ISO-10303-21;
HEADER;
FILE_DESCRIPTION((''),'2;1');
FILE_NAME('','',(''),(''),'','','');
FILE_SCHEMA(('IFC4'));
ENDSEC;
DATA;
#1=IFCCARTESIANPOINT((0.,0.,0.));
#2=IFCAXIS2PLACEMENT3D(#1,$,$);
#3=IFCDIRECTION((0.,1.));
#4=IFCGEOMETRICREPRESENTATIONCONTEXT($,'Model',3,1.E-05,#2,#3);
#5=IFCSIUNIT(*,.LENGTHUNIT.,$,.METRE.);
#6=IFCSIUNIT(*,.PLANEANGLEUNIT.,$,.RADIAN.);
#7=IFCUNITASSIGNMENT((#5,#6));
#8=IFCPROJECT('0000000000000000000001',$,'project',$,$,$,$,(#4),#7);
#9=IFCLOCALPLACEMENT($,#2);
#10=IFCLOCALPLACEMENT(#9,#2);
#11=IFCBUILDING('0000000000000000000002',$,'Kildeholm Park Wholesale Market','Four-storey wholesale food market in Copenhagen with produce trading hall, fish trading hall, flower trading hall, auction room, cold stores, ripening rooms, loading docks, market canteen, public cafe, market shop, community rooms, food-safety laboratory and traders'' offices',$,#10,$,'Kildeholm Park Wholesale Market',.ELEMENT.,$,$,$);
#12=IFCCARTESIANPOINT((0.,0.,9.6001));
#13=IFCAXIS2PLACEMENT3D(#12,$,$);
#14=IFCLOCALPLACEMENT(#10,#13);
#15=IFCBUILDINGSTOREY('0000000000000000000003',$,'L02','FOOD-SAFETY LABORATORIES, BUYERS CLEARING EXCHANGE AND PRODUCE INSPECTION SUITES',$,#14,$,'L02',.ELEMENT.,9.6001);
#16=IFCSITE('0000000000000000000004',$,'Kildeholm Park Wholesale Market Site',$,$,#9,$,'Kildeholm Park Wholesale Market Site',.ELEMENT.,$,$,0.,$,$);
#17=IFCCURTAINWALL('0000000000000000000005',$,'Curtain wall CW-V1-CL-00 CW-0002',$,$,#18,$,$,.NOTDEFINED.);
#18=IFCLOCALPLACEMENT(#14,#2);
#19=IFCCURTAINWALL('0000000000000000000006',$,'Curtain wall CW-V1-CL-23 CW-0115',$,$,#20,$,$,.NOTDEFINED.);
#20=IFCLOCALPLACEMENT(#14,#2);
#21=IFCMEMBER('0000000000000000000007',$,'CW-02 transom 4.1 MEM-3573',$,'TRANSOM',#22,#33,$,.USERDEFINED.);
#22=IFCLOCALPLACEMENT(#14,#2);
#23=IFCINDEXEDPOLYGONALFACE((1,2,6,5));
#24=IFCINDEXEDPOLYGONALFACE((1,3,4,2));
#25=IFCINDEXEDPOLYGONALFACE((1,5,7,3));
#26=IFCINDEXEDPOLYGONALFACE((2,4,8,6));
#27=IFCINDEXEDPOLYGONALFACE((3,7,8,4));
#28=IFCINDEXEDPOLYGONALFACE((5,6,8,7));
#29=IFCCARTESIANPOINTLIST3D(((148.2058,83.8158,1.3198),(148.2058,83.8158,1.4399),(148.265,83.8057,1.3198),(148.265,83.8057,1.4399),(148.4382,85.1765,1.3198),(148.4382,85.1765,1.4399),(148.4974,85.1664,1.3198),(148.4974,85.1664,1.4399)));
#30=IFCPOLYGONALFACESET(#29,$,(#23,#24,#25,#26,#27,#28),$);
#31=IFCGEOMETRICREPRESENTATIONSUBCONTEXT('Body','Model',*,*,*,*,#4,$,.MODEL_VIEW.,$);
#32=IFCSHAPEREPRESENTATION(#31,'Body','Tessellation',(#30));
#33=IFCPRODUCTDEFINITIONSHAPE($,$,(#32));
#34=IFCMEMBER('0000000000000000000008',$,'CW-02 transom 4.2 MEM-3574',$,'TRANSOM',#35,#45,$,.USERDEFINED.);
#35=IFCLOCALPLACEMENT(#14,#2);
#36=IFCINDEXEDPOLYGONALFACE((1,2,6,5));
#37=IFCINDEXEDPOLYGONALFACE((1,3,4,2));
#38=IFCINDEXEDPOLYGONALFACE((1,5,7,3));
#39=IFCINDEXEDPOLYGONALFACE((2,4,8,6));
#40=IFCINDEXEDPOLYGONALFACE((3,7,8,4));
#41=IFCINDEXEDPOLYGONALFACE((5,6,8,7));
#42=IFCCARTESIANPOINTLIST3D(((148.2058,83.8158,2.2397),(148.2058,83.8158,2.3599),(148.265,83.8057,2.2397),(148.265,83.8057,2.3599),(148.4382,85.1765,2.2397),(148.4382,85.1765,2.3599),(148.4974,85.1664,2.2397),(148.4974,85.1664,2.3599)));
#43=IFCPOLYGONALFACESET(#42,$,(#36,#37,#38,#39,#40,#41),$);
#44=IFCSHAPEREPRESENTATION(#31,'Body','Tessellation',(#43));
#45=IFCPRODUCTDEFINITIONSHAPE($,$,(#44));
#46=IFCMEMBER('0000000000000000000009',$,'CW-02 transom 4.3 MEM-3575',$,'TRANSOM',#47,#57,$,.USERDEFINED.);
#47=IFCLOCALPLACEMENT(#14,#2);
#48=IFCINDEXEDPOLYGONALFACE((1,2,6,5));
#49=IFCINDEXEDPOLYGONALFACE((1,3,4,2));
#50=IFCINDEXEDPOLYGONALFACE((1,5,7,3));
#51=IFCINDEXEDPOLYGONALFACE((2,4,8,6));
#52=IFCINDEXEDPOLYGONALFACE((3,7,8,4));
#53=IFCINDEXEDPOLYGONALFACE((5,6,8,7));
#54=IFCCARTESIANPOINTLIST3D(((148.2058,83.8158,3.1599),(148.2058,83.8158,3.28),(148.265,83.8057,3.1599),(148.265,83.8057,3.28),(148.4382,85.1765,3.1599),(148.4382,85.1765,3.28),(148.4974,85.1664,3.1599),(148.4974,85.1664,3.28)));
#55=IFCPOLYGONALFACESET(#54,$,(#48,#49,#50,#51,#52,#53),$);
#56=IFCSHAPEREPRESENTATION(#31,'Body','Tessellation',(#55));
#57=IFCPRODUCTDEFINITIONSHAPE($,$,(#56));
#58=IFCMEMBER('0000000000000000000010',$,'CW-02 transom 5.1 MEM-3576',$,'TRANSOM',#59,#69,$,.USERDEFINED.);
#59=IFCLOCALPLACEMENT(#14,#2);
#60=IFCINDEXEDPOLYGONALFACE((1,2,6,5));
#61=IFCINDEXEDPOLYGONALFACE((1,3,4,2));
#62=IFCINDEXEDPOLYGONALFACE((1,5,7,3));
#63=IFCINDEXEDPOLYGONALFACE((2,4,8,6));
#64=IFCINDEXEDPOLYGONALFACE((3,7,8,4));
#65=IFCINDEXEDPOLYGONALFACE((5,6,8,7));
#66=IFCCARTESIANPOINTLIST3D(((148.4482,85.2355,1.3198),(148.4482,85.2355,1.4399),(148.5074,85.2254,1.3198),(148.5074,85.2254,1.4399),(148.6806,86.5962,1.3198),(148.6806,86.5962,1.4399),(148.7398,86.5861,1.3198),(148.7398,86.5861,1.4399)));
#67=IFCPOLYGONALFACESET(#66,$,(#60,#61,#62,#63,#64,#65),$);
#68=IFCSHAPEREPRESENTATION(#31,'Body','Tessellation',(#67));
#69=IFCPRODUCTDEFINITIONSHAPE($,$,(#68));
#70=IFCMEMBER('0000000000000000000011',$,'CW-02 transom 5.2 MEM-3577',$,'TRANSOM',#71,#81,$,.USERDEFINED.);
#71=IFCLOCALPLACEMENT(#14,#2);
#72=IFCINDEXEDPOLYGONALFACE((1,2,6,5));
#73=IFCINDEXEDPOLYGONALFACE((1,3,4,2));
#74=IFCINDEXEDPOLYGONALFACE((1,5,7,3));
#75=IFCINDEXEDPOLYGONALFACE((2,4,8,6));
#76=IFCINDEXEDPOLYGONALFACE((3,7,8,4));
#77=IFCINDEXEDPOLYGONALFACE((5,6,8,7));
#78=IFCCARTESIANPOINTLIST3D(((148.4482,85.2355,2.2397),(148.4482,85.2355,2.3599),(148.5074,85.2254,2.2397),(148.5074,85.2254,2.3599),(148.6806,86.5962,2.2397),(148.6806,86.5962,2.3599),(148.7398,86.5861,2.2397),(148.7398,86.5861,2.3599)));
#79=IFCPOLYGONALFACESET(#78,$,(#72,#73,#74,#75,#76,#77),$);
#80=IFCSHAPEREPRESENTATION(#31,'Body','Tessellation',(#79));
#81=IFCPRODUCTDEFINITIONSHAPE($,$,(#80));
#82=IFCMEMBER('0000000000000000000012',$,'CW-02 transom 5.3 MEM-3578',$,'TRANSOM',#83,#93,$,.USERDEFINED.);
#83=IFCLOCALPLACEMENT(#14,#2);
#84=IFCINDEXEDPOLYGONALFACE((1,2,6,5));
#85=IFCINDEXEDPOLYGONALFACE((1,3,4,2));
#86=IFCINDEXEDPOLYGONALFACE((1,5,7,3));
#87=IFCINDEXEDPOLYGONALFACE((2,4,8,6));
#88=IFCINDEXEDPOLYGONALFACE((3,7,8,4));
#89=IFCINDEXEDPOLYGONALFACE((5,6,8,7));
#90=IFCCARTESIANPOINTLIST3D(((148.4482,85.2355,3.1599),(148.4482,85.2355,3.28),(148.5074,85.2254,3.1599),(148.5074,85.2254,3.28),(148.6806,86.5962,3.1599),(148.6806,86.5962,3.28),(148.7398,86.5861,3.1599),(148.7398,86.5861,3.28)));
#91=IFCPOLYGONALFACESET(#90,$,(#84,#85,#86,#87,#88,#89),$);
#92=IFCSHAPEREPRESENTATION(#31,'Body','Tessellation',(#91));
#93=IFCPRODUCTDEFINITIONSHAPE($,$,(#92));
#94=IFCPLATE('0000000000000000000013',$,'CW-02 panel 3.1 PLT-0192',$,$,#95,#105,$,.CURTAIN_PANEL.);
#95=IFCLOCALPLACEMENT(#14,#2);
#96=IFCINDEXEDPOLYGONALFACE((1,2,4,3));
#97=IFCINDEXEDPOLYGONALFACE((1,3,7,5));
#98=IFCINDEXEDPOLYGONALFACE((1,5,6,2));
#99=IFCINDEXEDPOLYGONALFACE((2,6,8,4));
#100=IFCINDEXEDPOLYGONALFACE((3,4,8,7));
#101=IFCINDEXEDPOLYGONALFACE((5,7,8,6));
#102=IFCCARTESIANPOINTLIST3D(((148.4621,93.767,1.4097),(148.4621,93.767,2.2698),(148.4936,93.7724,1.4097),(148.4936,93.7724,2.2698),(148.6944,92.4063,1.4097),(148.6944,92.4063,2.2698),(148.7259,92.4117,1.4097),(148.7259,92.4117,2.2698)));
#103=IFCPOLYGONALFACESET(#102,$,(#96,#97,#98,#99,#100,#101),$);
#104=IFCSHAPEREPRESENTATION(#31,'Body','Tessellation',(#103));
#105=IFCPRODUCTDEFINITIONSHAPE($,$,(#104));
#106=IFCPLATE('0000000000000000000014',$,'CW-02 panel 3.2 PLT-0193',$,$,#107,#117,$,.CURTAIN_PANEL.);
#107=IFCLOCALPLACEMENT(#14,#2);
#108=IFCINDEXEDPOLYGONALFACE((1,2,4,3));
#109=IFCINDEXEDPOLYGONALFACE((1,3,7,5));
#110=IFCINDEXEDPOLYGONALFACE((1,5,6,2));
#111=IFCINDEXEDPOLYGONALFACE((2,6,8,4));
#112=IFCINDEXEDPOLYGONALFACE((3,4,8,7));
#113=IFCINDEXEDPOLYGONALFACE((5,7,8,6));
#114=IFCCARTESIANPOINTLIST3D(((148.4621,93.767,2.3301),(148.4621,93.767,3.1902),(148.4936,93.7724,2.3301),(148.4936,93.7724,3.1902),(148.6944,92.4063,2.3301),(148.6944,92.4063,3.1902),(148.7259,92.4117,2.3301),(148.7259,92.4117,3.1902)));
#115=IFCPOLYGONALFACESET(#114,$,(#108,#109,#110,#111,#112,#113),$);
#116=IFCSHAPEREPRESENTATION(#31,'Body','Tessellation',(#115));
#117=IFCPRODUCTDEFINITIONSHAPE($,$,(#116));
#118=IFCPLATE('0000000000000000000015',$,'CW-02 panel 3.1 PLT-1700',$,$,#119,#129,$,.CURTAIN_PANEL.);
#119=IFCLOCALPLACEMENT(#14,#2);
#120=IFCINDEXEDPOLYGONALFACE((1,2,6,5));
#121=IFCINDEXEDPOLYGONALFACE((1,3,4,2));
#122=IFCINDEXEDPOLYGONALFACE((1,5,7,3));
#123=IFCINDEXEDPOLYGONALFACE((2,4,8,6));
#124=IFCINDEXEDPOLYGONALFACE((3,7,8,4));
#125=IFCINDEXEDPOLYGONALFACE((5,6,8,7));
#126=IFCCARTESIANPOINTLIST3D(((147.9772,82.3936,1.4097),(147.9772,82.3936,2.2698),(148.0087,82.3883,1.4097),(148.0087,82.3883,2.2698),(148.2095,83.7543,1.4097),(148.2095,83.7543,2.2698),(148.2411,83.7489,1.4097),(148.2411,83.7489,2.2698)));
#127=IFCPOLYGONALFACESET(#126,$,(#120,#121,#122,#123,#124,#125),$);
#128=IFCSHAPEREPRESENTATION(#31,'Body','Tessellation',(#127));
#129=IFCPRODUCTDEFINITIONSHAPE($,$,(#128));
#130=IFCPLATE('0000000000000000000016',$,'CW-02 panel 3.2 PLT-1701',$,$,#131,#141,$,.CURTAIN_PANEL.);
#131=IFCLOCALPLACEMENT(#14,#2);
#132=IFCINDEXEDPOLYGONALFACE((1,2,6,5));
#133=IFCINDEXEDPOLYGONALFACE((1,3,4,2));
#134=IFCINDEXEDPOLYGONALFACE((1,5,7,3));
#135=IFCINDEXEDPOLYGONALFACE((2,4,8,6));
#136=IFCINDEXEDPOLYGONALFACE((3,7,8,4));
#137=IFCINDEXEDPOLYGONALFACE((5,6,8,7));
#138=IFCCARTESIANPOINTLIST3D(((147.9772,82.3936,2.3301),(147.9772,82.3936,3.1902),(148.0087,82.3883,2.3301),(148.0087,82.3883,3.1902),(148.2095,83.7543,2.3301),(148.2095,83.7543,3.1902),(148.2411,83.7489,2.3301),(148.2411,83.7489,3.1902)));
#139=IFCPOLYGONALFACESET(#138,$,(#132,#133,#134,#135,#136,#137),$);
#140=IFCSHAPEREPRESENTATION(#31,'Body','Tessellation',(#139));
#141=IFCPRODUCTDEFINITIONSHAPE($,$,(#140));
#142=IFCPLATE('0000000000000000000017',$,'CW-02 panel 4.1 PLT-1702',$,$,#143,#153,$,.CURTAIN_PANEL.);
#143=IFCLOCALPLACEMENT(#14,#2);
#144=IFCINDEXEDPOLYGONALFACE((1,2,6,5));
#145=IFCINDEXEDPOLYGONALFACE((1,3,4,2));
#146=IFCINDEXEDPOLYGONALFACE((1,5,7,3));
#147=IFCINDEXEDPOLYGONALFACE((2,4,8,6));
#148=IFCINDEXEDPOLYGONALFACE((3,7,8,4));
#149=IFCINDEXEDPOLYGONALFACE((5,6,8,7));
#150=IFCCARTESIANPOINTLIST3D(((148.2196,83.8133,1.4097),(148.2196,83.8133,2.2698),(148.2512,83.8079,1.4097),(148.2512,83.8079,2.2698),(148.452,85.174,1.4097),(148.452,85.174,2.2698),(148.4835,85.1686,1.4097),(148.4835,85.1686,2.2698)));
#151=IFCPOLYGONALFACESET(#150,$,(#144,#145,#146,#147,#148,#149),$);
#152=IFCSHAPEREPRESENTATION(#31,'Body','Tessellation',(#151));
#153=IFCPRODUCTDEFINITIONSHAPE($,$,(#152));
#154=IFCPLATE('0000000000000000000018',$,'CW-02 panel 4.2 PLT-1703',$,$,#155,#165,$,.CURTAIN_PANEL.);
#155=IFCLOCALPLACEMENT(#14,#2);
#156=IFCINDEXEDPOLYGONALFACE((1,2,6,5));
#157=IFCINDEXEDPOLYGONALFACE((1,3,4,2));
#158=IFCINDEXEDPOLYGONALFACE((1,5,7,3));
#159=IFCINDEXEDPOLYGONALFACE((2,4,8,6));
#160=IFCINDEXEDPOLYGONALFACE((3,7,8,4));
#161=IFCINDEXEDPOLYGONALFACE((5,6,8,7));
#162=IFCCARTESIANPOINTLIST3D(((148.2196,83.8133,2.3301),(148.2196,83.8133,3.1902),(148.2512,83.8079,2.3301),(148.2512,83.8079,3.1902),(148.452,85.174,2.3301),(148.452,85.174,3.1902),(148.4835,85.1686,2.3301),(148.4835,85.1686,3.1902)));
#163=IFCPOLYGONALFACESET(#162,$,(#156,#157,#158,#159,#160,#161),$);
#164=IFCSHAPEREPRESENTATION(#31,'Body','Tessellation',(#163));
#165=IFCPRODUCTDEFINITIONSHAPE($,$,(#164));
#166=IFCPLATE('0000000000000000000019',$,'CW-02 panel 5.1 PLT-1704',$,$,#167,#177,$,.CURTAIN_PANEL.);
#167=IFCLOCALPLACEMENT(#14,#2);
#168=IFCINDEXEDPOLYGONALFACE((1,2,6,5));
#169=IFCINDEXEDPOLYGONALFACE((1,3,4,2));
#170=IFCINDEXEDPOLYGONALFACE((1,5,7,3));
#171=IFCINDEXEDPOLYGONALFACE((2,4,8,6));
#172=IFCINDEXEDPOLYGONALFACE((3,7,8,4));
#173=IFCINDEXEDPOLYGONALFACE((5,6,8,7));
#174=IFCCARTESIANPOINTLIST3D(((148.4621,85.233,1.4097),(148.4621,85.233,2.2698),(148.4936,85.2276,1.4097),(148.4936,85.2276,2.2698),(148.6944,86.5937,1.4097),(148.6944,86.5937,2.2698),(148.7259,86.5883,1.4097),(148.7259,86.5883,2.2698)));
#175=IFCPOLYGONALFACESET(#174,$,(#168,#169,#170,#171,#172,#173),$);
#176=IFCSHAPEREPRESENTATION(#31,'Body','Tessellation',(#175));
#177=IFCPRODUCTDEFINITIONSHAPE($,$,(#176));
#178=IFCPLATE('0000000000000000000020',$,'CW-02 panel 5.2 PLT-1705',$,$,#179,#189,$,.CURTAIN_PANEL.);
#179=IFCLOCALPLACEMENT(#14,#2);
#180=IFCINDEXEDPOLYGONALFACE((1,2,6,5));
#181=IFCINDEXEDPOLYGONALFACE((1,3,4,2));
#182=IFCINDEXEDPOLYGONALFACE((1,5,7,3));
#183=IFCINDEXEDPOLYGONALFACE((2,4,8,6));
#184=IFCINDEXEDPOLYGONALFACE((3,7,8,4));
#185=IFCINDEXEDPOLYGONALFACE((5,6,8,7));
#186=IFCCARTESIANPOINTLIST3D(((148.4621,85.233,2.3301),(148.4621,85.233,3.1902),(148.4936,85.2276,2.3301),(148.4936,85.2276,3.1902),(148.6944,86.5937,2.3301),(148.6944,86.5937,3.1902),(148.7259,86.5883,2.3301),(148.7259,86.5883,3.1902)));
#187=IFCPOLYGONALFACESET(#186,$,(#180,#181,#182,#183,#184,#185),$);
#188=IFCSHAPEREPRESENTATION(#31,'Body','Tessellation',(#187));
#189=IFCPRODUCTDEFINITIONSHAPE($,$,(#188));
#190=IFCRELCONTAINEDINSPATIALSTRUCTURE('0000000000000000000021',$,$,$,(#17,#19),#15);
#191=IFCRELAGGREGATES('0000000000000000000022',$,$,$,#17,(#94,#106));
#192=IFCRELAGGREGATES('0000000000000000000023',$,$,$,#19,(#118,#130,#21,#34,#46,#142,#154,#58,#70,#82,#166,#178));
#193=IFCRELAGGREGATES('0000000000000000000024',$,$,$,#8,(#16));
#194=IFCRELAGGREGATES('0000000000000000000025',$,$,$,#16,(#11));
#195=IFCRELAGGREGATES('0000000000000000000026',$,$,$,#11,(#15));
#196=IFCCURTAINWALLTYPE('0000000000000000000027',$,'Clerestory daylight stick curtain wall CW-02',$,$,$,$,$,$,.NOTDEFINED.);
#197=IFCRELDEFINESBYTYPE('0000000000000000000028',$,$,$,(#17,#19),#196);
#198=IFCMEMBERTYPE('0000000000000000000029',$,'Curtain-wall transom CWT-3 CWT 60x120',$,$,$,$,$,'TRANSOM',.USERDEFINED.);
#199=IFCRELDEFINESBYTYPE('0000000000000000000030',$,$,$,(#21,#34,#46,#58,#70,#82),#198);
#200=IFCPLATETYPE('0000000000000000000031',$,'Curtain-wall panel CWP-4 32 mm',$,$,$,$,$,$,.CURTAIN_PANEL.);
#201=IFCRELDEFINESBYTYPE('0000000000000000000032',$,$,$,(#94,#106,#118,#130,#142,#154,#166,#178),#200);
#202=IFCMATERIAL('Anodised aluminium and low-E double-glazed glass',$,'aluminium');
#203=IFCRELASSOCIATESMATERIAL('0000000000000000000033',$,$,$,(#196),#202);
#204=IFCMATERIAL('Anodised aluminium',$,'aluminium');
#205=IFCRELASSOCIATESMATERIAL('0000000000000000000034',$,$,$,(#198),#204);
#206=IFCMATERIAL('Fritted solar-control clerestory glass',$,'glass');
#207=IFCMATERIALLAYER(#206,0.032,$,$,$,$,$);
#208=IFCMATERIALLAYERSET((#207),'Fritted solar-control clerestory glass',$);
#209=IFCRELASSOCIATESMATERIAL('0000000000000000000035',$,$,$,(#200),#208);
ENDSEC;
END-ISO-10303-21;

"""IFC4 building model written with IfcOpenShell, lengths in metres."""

from ifc_helpers import new_model, si_unit, direction, frame, origin, origin_2d, place, context, subcontext, project, spatial, rectangle, extrude, material, layer, layer_set, material_profile, profile_set, type_object, element, aggregate, save


model = new_model("IFC4")

# Units and contexts
model_context = context("Model", 3, precision=1e-05, world=origin(), true_north=direction((0.0, 1.0)))
body_context = subcontext(model_context, "Body", "Model", "MODEL_VIEW")
ifc_project = project(units=[si_unit("LENGTHUNIT", "METRE"), si_unit("PLANEANGLEUNIT", "RADIAN")], contexts=[model_context])

# Site, building, storey
site_placement = place(None, origin())
site = spatial("IfcSite", under=ifc_project, at=site_placement, Name="Kildeholm Park Wholesale Market Site", LongName="Kildeholm Park Wholesale Market Site", CompositionType="ELEMENT", RefElevation=0.0)
building_placement = place(site_placement, origin())
building = spatial("IfcBuilding", under=site, at=building_placement, Name="Kildeholm Park Wholesale Market", Description="Four-storey wholesale food market in Copenhagen with produce trading hall, fish trading hall, flower trading hall, auction room, cold stores, ripening rooms, loading docks, market canteen, public cafe, market shop, community rooms, food-safety laboratory and traders' offices", LongName="Kildeholm Park Wholesale Market", CompositionType="ELEMENT")
storey_placement = place(building_placement, frame((0.0, 0.0, 9.6001)))
storey = spatial("IfcBuildingStorey", under=building, at=storey_placement, Name="L02", Description="FOOD-SAFETY LABORATORIES, BUYERS CLEARING EXCHANGE AND PRODUCE INSPECTION SUITES", LongName="L02", CompositionType="ELEMENT", Elevation=9.6001)

# Curtain walls
ifc_material_1 = material(Name="Anodised aluminium and low-E double-glazed glass", Category="aluminium")
curtain_wall_type = type_object("IfcCurtainWallType", Name="Clerestory daylight stick curtain wall CW-02", PredefinedType="NOTDEFINED", material=ifc_material_1)
curtain_wall_1_placement = place(storey_placement, origin())
curtain_wall_1 = element("IfcCurtainWall", 1, at=curtain_wall_1_placement, inside=storey, type_object=curtain_wall_type, Name="Curtain wall CW-V1-CL-00 CW-0002", PredefinedType="NOTDEFINED")
ifc_material_2 = material(Name="Anodised aluminium", Category="aluminium")
curtain_wall_2_placement = place(storey_placement, origin())
curtain_wall_2 = element("IfcCurtainWall", 2, at=curtain_wall_2_placement, inside=storey, type_object=curtain_wall_type, Name="Curtain wall CW-V1-CL-23 CW-0115", PredefinedType="NOTDEFINED")

# Members
ifc_material_profile_1 = material_profile(ifc_material_2, rectangle(XDim=0.0601, YDim=0.1201, at=origin_2d()), Name="CWT 60x120")
ifc_profile_set_1 = profile_set([ifc_material_profile_1], Name="Anodised aluminium")
member_type_1 = type_object("IfcMemberType", Name="Curtain-wall transom CWT-3 CWT 60x120", ElementType="TRANSOM", PredefinedType="USERDEFINED", material=ifc_profile_set_1)
member_1_placement = place(storey_placement, frame((148.2354, 83.8108, 1.3799), z_axis=(0.168384, 0.985721, 0.0), x_axis=(-0.985721, 0.168384, 0.0)))
member_1 = element("IfcMember", 3, at=member_1_placement, type_object=member_type_1, Name="CW-02 transom 4.1 MEM-3573", ObjectType="TRANSOM", PredefinedType="USERDEFINED", context=body_context, shape_type="SweptSolid", body=[
    extrude(rectangle(XDim=0.0601, YDim=0.1201, at=origin_2d()), origin(), (0.0, 0.0, 1.0), 1.3804),
])
member_2_placement = place(storey_placement, frame((148.2354, 83.8108, 2.2998), z_axis=(0.168384, 0.985721, 0.0), x_axis=(-0.985721, 0.168384, 0.0)))
member_2 = element("IfcMember", 4, at=member_2_placement, type_object=member_type_1, Name="CW-02 transom 4.2 MEM-3574", ObjectType="TRANSOM", PredefinedType="USERDEFINED", context=body_context, shape_type="SweptSolid", body=[
    extrude(rectangle(XDim=0.0601, YDim=0.1201, at=origin_2d()), origin(), (0.0, 0.0, 1.0), 1.3804),
])
member_3_placement = place(storey_placement, frame((148.2354, 83.8108, 3.22), z_axis=(0.168384, 0.985721, 0.0), x_axis=(-0.985721, 0.168384, 0.0)))
member_3 = element("IfcMember", 5, at=member_3_placement, type_object=member_type_1, Name="CW-02 transom 4.3 MEM-3575", ObjectType="TRANSOM", PredefinedType="USERDEFINED", context=body_context, shape_type="SweptSolid", body=[
    extrude(rectangle(XDim=0.0601, YDim=0.1201, at=origin_2d()), origin(), (0.0, 0.0, 1.0), 1.3804),
])
member_4_placement = place(storey_placement, frame((148.4778, 85.2305, 1.3799), z_axis=(0.168384, 0.985721, 0.0), x_axis=(-0.985721, 0.168384, 0.0)))
member_4 = element("IfcMember", 6, at=member_4_placement, type_object=member_type_1, Name="CW-02 transom 5.1 MEM-3576", ObjectType="TRANSOM", PredefinedType="USERDEFINED", context=body_context, shape_type="SweptSolid", body=[
    extrude(rectangle(XDim=0.0601, YDim=0.1201, at=origin_2d()), origin(), (0.0, 0.0, 1.0), 1.3804),
])
member_5_placement = place(storey_placement, frame((148.4778, 85.2305, 2.2998), z_axis=(0.168384, 0.985721, 0.0), x_axis=(-0.985721, 0.168384, 0.0)))
member_5 = element("IfcMember", 7, at=member_5_placement, type_object=member_type_1, Name="CW-02 transom 5.2 MEM-3577", ObjectType="TRANSOM", PredefinedType="USERDEFINED", context=body_context, shape_type="SweptSolid", body=[
    extrude(rectangle(XDim=0.0601, YDim=0.1201, at=origin_2d()), origin(), (0.0, 0.0, 1.0), 1.3804),
])
member_6_placement = place(storey_placement, frame((148.4778, 85.2305, 3.22), z_axis=(0.168384, 0.985721, 0.0), x_axis=(-0.985721, 0.168384, 0.0)))
member_6 = element("IfcMember", 8, at=member_6_placement, type_object=member_type_1, Name="CW-02 transom 5.3 MEM-3578", ObjectType="TRANSOM", PredefinedType="USERDEFINED", context=body_context, shape_type="SweptSolid", body=[
    extrude(rectangle(XDim=0.0601, YDim=0.1201, at=origin_2d()), origin(), (0.0, 0.0, 1.0), 1.3804),
])

# Plates
ifc_material_3 = material(Name="Fritted solar-control clerestory glass", Category="glass")
ifc_layer = layer(ifc_material_3, 0.032)
ifc_layer_set = layer_set([ifc_layer], Name="Fritted solar-control clerestory glass")
plate_type = type_object("IfcPlateType", Name="Curtain-wall panel CWP-4 32 mm", PredefinedType="CURTAIN_PANEL", material=ifc_layer_set)
plate_1_placement = place(storey_placement, frame((148.594, 93.0894, 1.4097), z_axis=(0.0, 0.0, 1.0), x_axis=(-0.168322, 0.985732, 0.0)))
plate_1 = element("IfcPlate", 9, at=plate_1_placement, type_object=plate_type, Name="CW-02 panel 3.1 PLT-0192", PredefinedType="CURTAIN_PANEL", context=body_context, shape_type="SweptSolid", body=[
    extrude(rectangle(XDim=1.3804, YDim=0.032, at=origin_2d()), origin(), (0.0, 0.0, 1.0), 0.8601),
])
plate_2_placement = place(storey_placement, frame((148.594, 93.0894, 2.3301), z_axis=(0.0, 0.0, 1.0), x_axis=(-0.168322, 0.985732, 0.0)))
plate_2 = element("IfcPlate", 10, at=plate_2_placement, type_object=plate_type, Name="CW-02 panel 3.2 PLT-0193", PredefinedType="CURTAIN_PANEL", context=body_context, shape_type="SweptSolid", body=[
    extrude(rectangle(XDim=1.3804, YDim=0.032, at=origin_2d()), origin(), (0.0, 0.0, 1.0), 0.8601),
])
aggregate(curtain_wall_1, [plate_1, plate_2])
plate_3_placement = place(storey_placement, frame((148.1091, 83.0713, 1.4097), z_axis=(0.0, 0.0, 1.0), x_axis=(0.168322, 0.985732, 0.0)))
plate_3 = element("IfcPlate", 11, at=plate_3_placement, type_object=plate_type, Name="CW-02 panel 3.1 PLT-1700", PredefinedType="CURTAIN_PANEL", context=body_context, shape_type="SweptSolid", body=[
    extrude(rectangle(XDim=1.3804, YDim=0.032, at=origin_2d()), origin(), (0.0, 0.0, 1.0), 0.8601),
])
plate_4_placement = place(storey_placement, frame((148.1091, 83.0713, 2.3301), z_axis=(0.0, 0.0, 1.0), x_axis=(0.168322, 0.985732, 0.0)))
plate_4 = element("IfcPlate", 12, at=plate_4_placement, type_object=plate_type, Name="CW-02 panel 3.2 PLT-1701", PredefinedType="CURTAIN_PANEL", context=body_context, shape_type="SweptSolid", body=[
    extrude(rectangle(XDim=1.3804, YDim=0.032, at=origin_2d()), origin(), (0.0, 0.0, 1.0), 0.8601),
])
plate_5_placement = place(storey_placement, frame((148.3516, 84.491, 1.4097), z_axis=(0.0, 0.0, 1.0), x_axis=(0.168322, 0.985732, 0.0)))
plate_5 = element("IfcPlate", 13, at=plate_5_placement, type_object=plate_type, Name="CW-02 panel 4.1 PLT-1702", PredefinedType="CURTAIN_PANEL", context=body_context, shape_type="SweptSolid", body=[
    extrude(rectangle(XDim=1.3804, YDim=0.032, at=origin_2d()), origin(), (0.0, 0.0, 1.0), 0.8601),
])
plate_6_placement = place(storey_placement, frame((148.3516, 84.491, 2.3301), z_axis=(0.0, 0.0, 1.0), x_axis=(0.168322, 0.985732, 0.0)))
plate_6 = element("IfcPlate", 14, at=plate_6_placement, type_object=plate_type, Name="CW-02 panel 4.2 PLT-1703", PredefinedType="CURTAIN_PANEL", context=body_context, shape_type="SweptSolid", body=[
    extrude(rectangle(XDim=1.3804, YDim=0.032, at=origin_2d()), origin(), (0.0, 0.0, 1.0), 0.8601),
])
plate_7_placement = place(storey_placement, frame((148.594, 85.9106, 1.4097), z_axis=(0.0, 0.0, 1.0), x_axis=(0.168322, 0.985732, 0.0)))
plate_7 = element("IfcPlate", 15, at=plate_7_placement, type_object=plate_type, Name="CW-02 panel 5.1 PLT-1704", PredefinedType="CURTAIN_PANEL", context=body_context, shape_type="SweptSolid", body=[
    extrude(rectangle(XDim=1.3804, YDim=0.032, at=origin_2d()), origin(), (0.0, 0.0, 1.0), 0.8601),
])
plate_8_placement = place(storey_placement, frame((148.594, 85.9106, 2.3301), z_axis=(0.0, 0.0, 1.0), x_axis=(0.168322, 0.985732, 0.0)))
plate_8 = element("IfcPlate", 16, at=plate_8_placement, type_object=plate_type, Name="CW-02 panel 5.2 PLT-1705", PredefinedType="CURTAIN_PANEL", context=body_context, shape_type="SweptSolid", body=[
    extrude(rectangle(XDim=1.3804, YDim=0.032, at=origin_2d()), origin(), (0.0, 0.0, 1.0), 0.8601),
])
aggregate(curtain_wall_2, [plate_3, plate_4, member_1, member_2, member_3, plate_5, plate_6, member_4, member_5, member_6, plate_7, plate_8])

save(model, "model.ifc")
